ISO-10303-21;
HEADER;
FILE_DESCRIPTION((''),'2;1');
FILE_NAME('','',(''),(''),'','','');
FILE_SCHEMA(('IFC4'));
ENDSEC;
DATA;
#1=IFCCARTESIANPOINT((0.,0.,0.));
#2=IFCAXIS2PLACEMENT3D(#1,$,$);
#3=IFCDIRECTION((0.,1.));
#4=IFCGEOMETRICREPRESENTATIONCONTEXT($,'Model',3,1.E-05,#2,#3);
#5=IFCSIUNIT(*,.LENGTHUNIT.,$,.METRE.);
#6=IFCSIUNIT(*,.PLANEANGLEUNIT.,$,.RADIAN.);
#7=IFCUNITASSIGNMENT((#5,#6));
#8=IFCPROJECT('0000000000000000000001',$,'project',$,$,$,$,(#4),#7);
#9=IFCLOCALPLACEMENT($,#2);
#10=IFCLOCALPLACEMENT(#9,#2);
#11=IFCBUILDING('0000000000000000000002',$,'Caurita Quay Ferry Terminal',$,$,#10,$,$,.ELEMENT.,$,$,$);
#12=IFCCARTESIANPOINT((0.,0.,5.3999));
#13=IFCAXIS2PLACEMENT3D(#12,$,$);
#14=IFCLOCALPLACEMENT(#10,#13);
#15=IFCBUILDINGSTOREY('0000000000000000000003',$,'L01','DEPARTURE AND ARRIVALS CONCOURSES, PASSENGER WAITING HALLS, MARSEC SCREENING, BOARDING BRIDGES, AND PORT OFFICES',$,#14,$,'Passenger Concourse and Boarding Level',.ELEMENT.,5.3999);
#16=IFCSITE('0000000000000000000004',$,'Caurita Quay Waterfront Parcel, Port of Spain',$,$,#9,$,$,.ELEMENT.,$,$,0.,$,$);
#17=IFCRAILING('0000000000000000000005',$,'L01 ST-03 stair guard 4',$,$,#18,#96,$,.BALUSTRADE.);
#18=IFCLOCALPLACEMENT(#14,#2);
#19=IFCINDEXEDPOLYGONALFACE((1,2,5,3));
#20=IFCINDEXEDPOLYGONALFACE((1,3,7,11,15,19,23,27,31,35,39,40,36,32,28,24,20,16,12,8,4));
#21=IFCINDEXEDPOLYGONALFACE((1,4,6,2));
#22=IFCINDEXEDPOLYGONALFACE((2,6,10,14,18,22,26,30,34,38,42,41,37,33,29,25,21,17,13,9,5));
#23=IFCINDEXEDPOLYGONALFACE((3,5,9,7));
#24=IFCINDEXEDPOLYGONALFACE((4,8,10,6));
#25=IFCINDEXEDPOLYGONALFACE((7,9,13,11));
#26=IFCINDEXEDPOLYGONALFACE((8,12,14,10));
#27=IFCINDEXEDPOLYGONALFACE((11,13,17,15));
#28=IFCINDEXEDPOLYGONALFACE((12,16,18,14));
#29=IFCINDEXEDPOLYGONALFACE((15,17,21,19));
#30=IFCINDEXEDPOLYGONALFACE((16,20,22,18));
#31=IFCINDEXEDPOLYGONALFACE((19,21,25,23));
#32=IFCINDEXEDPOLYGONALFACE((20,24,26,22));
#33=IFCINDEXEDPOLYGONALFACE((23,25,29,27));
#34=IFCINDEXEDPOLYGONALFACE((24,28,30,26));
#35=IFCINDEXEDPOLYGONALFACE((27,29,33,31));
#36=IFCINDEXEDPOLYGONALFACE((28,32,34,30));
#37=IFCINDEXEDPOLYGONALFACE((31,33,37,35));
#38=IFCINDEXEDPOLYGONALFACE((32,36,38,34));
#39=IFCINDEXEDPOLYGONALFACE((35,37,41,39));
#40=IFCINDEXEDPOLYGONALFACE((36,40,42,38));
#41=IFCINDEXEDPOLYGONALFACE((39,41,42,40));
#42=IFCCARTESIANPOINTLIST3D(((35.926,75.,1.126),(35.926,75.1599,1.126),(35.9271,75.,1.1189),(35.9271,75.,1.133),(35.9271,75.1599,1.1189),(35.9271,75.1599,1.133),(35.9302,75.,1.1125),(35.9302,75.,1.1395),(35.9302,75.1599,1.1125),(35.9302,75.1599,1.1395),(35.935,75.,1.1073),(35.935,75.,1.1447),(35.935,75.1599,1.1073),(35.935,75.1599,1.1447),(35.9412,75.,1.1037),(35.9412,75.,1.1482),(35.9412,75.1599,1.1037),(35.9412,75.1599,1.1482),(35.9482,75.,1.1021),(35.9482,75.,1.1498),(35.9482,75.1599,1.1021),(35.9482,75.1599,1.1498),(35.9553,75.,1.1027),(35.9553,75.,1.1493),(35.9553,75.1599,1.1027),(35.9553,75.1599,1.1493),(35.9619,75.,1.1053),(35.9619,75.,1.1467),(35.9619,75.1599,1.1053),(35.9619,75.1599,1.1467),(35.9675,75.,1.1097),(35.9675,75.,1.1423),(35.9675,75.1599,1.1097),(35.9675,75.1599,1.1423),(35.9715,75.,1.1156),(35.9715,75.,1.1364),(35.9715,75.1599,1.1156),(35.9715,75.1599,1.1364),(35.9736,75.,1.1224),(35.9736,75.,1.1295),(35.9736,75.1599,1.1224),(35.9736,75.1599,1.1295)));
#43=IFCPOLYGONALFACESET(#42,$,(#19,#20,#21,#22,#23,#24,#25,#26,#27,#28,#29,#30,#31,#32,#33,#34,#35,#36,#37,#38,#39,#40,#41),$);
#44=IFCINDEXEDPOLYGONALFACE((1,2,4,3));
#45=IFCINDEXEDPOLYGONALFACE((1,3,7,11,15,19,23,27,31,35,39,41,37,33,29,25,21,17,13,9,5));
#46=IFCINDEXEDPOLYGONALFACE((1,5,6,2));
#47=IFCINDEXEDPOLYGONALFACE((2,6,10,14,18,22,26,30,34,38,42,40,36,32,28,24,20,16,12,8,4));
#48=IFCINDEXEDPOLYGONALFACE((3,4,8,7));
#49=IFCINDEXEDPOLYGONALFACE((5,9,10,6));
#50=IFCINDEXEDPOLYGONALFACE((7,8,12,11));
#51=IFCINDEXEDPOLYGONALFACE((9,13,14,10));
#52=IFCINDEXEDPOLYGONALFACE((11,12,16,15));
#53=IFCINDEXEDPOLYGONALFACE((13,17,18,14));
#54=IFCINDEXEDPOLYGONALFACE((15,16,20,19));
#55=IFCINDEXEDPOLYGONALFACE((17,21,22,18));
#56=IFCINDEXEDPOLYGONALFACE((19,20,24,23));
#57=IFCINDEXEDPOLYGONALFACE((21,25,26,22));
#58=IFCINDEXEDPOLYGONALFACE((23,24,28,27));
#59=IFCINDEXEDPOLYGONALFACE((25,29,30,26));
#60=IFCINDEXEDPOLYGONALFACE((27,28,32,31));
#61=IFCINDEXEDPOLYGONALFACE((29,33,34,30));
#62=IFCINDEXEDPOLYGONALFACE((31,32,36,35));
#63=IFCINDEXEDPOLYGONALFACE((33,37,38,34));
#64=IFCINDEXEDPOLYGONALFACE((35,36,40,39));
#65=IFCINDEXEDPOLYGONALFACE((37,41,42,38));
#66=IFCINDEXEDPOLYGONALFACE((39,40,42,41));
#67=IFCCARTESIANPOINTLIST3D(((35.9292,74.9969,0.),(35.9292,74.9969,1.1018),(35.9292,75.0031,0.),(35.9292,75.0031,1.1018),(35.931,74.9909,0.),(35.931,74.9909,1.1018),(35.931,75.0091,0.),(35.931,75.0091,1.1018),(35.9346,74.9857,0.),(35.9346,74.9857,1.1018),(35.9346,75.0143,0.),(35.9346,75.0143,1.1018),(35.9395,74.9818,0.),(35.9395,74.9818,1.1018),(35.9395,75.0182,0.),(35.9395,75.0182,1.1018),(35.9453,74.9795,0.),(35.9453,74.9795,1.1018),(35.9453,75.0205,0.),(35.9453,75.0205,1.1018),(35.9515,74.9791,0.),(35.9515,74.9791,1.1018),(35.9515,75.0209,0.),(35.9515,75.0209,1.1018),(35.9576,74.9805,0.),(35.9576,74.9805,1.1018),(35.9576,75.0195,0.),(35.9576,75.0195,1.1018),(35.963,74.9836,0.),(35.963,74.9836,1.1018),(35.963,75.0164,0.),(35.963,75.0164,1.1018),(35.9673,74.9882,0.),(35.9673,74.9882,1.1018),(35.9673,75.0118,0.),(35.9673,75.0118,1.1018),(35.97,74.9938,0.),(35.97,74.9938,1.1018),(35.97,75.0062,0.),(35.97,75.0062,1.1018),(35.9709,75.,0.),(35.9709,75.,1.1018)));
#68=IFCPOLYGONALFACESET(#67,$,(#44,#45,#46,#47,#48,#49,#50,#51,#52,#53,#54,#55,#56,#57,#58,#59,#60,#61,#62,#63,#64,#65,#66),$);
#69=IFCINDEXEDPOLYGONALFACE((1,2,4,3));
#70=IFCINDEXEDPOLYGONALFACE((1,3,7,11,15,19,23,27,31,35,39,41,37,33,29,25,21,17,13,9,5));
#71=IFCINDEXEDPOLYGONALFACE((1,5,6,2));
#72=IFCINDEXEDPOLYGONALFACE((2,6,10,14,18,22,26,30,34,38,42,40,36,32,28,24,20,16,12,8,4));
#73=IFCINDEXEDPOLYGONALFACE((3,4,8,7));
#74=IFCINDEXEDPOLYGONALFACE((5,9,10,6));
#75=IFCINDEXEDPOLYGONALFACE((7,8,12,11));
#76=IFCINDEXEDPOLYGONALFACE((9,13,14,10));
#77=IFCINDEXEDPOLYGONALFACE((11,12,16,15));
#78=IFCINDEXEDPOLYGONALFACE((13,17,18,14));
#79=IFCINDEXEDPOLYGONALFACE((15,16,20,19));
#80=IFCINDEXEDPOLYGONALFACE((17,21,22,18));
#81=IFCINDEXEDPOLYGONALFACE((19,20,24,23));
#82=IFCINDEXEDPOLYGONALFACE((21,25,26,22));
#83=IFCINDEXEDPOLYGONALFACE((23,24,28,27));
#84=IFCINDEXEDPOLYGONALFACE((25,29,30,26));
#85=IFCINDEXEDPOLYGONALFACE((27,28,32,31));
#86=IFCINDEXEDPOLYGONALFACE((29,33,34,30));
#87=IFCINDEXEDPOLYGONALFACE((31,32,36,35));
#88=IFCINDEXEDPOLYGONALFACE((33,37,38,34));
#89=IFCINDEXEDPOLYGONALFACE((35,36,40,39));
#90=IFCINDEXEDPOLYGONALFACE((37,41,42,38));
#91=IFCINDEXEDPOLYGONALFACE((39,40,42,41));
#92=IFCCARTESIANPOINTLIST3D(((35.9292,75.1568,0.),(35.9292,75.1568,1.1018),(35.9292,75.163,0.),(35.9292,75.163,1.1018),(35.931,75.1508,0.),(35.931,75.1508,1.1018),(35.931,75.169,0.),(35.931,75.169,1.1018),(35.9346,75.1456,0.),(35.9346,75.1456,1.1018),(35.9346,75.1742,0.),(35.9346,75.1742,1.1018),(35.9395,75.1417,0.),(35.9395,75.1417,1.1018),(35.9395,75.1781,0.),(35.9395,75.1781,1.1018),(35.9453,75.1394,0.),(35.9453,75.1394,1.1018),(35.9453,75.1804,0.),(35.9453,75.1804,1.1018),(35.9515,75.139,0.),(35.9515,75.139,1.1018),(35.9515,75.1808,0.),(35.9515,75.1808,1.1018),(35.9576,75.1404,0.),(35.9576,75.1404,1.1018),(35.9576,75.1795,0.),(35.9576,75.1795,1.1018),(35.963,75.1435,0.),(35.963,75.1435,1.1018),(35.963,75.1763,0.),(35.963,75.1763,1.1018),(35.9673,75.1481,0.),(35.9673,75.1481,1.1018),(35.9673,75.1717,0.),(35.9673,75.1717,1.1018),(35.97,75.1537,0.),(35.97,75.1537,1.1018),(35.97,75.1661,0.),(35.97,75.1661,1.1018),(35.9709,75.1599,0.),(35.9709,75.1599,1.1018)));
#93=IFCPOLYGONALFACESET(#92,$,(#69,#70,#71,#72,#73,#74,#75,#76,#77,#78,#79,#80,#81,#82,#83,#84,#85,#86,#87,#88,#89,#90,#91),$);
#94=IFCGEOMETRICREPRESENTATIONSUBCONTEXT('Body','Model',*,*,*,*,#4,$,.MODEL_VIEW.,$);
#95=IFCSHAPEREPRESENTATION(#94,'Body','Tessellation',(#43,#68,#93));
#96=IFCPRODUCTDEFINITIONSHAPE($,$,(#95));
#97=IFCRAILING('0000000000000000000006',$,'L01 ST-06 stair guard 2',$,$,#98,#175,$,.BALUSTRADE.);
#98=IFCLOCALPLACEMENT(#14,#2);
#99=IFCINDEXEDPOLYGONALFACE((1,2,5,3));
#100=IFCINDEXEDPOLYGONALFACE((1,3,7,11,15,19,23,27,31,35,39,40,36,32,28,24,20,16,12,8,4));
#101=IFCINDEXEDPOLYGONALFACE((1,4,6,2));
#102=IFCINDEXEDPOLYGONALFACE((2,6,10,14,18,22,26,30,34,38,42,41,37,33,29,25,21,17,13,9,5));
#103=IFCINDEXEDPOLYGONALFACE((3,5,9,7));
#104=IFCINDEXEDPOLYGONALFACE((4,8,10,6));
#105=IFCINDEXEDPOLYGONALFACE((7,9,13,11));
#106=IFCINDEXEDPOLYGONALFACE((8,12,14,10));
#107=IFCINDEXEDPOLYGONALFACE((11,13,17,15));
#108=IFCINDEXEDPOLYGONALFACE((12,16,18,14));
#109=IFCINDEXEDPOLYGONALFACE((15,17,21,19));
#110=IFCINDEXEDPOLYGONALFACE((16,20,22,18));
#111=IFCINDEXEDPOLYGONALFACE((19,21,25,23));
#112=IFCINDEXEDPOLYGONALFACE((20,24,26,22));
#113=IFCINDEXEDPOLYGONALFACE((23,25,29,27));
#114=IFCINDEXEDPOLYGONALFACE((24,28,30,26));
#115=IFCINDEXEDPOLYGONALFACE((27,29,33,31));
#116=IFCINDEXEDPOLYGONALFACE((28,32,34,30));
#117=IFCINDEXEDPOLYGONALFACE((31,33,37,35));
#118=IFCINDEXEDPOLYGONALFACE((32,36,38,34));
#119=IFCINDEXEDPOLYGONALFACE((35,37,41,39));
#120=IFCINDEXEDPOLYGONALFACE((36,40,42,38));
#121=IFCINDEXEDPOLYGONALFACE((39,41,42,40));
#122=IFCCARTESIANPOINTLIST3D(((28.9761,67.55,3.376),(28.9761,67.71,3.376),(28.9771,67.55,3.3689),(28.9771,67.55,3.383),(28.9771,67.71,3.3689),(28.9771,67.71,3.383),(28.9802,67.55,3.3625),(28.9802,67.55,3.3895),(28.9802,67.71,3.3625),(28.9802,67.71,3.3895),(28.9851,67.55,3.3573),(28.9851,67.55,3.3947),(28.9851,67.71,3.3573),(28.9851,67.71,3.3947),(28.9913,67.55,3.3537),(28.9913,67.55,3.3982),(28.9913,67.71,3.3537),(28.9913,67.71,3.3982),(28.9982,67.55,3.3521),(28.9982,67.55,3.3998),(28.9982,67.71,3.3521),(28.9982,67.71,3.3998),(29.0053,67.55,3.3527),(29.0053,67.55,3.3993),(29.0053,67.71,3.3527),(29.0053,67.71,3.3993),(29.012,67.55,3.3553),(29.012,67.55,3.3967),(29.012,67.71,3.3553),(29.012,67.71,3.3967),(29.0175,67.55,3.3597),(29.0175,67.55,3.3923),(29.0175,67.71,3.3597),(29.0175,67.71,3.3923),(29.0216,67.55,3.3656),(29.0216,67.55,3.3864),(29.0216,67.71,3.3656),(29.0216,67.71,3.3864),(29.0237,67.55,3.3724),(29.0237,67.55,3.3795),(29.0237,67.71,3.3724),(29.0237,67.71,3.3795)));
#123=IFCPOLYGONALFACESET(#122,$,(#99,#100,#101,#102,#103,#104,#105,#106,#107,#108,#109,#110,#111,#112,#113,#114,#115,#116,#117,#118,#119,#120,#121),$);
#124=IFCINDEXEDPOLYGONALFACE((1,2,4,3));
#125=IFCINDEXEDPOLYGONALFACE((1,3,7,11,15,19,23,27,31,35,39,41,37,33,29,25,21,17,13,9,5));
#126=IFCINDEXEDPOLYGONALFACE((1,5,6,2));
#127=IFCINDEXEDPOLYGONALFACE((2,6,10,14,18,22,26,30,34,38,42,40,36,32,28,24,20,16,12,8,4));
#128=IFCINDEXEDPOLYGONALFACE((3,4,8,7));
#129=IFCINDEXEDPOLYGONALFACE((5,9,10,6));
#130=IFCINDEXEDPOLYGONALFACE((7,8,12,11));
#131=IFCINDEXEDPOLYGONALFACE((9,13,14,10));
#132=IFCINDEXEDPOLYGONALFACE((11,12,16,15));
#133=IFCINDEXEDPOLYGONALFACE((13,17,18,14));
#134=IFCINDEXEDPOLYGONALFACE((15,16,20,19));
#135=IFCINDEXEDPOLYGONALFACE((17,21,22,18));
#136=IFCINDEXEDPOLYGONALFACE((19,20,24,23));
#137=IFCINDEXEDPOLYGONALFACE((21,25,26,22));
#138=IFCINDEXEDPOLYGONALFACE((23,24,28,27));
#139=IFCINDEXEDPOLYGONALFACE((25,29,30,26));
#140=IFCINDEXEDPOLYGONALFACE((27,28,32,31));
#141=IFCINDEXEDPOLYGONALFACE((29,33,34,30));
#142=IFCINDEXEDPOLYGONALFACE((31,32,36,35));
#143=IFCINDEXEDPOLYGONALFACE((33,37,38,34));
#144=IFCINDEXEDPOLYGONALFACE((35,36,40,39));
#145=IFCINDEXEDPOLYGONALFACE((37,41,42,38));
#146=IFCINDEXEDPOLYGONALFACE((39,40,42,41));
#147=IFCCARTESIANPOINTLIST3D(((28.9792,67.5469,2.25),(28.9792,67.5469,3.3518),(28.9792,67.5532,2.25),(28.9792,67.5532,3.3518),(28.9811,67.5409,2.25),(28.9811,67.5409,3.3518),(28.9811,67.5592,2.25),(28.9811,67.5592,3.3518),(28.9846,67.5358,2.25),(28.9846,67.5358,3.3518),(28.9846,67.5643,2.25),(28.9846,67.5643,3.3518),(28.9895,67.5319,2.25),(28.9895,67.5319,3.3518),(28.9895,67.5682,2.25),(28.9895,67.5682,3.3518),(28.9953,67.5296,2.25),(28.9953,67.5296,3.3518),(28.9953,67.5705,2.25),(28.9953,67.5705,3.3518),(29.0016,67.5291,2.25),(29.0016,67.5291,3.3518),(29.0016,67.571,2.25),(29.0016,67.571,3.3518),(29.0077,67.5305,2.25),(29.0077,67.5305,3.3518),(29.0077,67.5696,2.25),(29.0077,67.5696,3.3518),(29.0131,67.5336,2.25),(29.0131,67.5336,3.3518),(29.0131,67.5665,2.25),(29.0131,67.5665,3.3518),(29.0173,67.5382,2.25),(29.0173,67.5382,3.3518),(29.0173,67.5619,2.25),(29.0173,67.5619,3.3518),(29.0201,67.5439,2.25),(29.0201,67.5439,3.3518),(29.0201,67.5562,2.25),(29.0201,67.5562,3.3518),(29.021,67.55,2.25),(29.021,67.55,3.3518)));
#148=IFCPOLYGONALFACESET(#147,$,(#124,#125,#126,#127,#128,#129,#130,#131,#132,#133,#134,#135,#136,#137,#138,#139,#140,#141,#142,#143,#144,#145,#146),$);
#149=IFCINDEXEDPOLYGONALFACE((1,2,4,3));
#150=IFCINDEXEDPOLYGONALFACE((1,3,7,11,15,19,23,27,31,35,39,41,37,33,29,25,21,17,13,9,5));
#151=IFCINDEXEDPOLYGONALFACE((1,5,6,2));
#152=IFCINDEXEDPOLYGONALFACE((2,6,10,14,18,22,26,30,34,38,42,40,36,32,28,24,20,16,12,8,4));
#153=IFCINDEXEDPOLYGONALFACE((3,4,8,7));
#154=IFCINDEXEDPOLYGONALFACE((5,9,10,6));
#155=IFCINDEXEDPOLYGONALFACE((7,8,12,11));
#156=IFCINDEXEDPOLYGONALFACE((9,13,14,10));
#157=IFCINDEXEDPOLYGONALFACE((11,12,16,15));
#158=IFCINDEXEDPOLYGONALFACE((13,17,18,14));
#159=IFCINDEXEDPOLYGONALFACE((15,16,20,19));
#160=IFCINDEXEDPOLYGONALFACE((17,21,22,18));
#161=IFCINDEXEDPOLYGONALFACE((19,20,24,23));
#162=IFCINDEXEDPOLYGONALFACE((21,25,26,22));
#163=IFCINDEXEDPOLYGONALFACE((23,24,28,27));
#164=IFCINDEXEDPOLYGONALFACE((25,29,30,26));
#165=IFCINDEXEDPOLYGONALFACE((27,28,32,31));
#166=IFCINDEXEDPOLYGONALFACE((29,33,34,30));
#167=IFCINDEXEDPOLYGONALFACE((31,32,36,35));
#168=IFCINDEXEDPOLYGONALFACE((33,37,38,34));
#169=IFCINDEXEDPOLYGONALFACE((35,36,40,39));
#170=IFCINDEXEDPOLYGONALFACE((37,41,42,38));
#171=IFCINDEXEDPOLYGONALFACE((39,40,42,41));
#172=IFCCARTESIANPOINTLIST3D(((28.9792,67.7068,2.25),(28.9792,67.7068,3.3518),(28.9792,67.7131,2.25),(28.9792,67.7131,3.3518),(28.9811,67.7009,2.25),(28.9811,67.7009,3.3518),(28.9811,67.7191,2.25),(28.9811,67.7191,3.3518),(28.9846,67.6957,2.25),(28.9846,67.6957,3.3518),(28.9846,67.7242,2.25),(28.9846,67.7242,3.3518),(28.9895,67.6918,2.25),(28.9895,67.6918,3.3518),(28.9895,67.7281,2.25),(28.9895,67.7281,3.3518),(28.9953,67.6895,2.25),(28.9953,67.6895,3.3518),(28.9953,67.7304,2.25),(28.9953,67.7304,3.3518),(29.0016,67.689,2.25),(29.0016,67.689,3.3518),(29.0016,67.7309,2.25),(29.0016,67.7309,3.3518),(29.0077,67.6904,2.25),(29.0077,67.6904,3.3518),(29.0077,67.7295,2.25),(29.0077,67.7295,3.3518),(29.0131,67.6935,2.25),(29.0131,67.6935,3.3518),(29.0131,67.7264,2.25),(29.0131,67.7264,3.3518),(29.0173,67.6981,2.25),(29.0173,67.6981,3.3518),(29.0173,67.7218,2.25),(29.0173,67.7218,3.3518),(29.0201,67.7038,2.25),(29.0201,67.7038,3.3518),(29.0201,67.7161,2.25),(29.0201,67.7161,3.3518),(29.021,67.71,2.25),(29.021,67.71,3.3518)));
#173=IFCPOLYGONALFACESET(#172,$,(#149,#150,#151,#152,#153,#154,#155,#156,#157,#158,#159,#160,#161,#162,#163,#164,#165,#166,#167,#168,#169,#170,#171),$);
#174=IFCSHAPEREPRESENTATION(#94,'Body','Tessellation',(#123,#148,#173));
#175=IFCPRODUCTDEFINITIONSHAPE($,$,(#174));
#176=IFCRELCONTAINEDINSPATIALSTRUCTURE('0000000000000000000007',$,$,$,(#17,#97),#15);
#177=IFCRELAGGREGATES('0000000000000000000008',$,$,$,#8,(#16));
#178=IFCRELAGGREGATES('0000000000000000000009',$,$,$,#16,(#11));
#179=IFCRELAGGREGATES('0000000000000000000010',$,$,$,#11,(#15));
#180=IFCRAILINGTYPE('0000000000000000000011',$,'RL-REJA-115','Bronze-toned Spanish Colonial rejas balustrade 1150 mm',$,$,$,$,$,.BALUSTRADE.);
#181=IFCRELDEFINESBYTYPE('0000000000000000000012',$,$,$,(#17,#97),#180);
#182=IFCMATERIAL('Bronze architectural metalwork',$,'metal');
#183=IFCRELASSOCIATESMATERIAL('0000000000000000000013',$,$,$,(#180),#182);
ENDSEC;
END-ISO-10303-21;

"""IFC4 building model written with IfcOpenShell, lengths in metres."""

from ifc_helpers import new_model, si_unit, direction, frame, origin, origin_2d, place, context, subcontext, project, spatial, circle, extrude, material, type_object, element, save


model = new_model("IFC4")

# Units and contexts
model_context = context("Model", 3, precision=1e-05, world=origin(), true_north=direction((0.0, 1.0)))
body_context = subcontext(model_context, "Body", "Model", "MODEL_VIEW")
ifc_project = project(units=[si_unit("LENGTHUNIT", "METRE"), si_unit("PLANEANGLEUNIT", "RADIAN")], contexts=[model_context])

# Site, building, storey
site_placement = place(None, origin())
site = spatial("IfcSite", under=ifc_project, at=site_placement, Name="Caurita Quay Waterfront Parcel, Port of Spain", CompositionType="ELEMENT", RefElevation=0.0)
building_placement = place(site_placement, origin())
building = spatial("IfcBuilding", under=site, at=building_placement, Name="Caurita Quay Ferry Terminal", CompositionType="ELEMENT")
storey_placement = place(building_placement, frame((0.0, 0.0, 5.3999)))
storey = spatial("IfcBuildingStorey", under=building, at=storey_placement, Name="L01", Description="DEPARTURE AND ARRIVALS CONCOURSES, PASSENGER WAITING HALLS, MARSEC SCREENING, BOARDING BRIDGES, AND PORT OFFICES", LongName="Passenger Concourse and Boarding Level", CompositionType="ELEMENT", Elevation=5.3999)

# Railings
ifc_material_1 = material(Name="Bronze architectural metalwork", Category="metal")
railing_type_1 = type_object("IfcRailingType", Name="RL-REJA-115", Description="Bronze-toned Spanish Colonial rejas balustrade 1150 mm", PredefinedType="BALUSTRADE", material=ifc_material_1)
for number, where, name in (
    (1, (35.95, 75.0, 0.0), "L01 ST-03 stair guard 4"),
    (2, (29.0, 67.55, 2.25), "L01 ST-06 stair guard 2"),
):
    element("IfcRailing", number, at=place(storey_placement, frame(where)), inside=storey, type_object=railing_type_1, Name=name, PredefinedType="BALUSTRADE", context=body_context, shape_type="SweptSolid", body=[
        extrude(circle(Radius=0.0239, at=origin_2d()), frame((0.0, 0.0, 1.126), z_axis=(0.0, 1.0, 0.0), x_axis=(-1.0, 0.0, 0.0)), (0.0, 0.0, 1.0), 0.1599),
        extrude(circle(Radius=0.021, at=origin_2d()), origin(), (0.0, 0.0, 1.0), 1.1018),
        extrude(circle(Radius=0.021, at=origin_2d()), frame((0.0, 0.1599, 0.0)), (0.0, 0.0, 1.0), 1.1018),
    ])

save(model, "model.ifc")
